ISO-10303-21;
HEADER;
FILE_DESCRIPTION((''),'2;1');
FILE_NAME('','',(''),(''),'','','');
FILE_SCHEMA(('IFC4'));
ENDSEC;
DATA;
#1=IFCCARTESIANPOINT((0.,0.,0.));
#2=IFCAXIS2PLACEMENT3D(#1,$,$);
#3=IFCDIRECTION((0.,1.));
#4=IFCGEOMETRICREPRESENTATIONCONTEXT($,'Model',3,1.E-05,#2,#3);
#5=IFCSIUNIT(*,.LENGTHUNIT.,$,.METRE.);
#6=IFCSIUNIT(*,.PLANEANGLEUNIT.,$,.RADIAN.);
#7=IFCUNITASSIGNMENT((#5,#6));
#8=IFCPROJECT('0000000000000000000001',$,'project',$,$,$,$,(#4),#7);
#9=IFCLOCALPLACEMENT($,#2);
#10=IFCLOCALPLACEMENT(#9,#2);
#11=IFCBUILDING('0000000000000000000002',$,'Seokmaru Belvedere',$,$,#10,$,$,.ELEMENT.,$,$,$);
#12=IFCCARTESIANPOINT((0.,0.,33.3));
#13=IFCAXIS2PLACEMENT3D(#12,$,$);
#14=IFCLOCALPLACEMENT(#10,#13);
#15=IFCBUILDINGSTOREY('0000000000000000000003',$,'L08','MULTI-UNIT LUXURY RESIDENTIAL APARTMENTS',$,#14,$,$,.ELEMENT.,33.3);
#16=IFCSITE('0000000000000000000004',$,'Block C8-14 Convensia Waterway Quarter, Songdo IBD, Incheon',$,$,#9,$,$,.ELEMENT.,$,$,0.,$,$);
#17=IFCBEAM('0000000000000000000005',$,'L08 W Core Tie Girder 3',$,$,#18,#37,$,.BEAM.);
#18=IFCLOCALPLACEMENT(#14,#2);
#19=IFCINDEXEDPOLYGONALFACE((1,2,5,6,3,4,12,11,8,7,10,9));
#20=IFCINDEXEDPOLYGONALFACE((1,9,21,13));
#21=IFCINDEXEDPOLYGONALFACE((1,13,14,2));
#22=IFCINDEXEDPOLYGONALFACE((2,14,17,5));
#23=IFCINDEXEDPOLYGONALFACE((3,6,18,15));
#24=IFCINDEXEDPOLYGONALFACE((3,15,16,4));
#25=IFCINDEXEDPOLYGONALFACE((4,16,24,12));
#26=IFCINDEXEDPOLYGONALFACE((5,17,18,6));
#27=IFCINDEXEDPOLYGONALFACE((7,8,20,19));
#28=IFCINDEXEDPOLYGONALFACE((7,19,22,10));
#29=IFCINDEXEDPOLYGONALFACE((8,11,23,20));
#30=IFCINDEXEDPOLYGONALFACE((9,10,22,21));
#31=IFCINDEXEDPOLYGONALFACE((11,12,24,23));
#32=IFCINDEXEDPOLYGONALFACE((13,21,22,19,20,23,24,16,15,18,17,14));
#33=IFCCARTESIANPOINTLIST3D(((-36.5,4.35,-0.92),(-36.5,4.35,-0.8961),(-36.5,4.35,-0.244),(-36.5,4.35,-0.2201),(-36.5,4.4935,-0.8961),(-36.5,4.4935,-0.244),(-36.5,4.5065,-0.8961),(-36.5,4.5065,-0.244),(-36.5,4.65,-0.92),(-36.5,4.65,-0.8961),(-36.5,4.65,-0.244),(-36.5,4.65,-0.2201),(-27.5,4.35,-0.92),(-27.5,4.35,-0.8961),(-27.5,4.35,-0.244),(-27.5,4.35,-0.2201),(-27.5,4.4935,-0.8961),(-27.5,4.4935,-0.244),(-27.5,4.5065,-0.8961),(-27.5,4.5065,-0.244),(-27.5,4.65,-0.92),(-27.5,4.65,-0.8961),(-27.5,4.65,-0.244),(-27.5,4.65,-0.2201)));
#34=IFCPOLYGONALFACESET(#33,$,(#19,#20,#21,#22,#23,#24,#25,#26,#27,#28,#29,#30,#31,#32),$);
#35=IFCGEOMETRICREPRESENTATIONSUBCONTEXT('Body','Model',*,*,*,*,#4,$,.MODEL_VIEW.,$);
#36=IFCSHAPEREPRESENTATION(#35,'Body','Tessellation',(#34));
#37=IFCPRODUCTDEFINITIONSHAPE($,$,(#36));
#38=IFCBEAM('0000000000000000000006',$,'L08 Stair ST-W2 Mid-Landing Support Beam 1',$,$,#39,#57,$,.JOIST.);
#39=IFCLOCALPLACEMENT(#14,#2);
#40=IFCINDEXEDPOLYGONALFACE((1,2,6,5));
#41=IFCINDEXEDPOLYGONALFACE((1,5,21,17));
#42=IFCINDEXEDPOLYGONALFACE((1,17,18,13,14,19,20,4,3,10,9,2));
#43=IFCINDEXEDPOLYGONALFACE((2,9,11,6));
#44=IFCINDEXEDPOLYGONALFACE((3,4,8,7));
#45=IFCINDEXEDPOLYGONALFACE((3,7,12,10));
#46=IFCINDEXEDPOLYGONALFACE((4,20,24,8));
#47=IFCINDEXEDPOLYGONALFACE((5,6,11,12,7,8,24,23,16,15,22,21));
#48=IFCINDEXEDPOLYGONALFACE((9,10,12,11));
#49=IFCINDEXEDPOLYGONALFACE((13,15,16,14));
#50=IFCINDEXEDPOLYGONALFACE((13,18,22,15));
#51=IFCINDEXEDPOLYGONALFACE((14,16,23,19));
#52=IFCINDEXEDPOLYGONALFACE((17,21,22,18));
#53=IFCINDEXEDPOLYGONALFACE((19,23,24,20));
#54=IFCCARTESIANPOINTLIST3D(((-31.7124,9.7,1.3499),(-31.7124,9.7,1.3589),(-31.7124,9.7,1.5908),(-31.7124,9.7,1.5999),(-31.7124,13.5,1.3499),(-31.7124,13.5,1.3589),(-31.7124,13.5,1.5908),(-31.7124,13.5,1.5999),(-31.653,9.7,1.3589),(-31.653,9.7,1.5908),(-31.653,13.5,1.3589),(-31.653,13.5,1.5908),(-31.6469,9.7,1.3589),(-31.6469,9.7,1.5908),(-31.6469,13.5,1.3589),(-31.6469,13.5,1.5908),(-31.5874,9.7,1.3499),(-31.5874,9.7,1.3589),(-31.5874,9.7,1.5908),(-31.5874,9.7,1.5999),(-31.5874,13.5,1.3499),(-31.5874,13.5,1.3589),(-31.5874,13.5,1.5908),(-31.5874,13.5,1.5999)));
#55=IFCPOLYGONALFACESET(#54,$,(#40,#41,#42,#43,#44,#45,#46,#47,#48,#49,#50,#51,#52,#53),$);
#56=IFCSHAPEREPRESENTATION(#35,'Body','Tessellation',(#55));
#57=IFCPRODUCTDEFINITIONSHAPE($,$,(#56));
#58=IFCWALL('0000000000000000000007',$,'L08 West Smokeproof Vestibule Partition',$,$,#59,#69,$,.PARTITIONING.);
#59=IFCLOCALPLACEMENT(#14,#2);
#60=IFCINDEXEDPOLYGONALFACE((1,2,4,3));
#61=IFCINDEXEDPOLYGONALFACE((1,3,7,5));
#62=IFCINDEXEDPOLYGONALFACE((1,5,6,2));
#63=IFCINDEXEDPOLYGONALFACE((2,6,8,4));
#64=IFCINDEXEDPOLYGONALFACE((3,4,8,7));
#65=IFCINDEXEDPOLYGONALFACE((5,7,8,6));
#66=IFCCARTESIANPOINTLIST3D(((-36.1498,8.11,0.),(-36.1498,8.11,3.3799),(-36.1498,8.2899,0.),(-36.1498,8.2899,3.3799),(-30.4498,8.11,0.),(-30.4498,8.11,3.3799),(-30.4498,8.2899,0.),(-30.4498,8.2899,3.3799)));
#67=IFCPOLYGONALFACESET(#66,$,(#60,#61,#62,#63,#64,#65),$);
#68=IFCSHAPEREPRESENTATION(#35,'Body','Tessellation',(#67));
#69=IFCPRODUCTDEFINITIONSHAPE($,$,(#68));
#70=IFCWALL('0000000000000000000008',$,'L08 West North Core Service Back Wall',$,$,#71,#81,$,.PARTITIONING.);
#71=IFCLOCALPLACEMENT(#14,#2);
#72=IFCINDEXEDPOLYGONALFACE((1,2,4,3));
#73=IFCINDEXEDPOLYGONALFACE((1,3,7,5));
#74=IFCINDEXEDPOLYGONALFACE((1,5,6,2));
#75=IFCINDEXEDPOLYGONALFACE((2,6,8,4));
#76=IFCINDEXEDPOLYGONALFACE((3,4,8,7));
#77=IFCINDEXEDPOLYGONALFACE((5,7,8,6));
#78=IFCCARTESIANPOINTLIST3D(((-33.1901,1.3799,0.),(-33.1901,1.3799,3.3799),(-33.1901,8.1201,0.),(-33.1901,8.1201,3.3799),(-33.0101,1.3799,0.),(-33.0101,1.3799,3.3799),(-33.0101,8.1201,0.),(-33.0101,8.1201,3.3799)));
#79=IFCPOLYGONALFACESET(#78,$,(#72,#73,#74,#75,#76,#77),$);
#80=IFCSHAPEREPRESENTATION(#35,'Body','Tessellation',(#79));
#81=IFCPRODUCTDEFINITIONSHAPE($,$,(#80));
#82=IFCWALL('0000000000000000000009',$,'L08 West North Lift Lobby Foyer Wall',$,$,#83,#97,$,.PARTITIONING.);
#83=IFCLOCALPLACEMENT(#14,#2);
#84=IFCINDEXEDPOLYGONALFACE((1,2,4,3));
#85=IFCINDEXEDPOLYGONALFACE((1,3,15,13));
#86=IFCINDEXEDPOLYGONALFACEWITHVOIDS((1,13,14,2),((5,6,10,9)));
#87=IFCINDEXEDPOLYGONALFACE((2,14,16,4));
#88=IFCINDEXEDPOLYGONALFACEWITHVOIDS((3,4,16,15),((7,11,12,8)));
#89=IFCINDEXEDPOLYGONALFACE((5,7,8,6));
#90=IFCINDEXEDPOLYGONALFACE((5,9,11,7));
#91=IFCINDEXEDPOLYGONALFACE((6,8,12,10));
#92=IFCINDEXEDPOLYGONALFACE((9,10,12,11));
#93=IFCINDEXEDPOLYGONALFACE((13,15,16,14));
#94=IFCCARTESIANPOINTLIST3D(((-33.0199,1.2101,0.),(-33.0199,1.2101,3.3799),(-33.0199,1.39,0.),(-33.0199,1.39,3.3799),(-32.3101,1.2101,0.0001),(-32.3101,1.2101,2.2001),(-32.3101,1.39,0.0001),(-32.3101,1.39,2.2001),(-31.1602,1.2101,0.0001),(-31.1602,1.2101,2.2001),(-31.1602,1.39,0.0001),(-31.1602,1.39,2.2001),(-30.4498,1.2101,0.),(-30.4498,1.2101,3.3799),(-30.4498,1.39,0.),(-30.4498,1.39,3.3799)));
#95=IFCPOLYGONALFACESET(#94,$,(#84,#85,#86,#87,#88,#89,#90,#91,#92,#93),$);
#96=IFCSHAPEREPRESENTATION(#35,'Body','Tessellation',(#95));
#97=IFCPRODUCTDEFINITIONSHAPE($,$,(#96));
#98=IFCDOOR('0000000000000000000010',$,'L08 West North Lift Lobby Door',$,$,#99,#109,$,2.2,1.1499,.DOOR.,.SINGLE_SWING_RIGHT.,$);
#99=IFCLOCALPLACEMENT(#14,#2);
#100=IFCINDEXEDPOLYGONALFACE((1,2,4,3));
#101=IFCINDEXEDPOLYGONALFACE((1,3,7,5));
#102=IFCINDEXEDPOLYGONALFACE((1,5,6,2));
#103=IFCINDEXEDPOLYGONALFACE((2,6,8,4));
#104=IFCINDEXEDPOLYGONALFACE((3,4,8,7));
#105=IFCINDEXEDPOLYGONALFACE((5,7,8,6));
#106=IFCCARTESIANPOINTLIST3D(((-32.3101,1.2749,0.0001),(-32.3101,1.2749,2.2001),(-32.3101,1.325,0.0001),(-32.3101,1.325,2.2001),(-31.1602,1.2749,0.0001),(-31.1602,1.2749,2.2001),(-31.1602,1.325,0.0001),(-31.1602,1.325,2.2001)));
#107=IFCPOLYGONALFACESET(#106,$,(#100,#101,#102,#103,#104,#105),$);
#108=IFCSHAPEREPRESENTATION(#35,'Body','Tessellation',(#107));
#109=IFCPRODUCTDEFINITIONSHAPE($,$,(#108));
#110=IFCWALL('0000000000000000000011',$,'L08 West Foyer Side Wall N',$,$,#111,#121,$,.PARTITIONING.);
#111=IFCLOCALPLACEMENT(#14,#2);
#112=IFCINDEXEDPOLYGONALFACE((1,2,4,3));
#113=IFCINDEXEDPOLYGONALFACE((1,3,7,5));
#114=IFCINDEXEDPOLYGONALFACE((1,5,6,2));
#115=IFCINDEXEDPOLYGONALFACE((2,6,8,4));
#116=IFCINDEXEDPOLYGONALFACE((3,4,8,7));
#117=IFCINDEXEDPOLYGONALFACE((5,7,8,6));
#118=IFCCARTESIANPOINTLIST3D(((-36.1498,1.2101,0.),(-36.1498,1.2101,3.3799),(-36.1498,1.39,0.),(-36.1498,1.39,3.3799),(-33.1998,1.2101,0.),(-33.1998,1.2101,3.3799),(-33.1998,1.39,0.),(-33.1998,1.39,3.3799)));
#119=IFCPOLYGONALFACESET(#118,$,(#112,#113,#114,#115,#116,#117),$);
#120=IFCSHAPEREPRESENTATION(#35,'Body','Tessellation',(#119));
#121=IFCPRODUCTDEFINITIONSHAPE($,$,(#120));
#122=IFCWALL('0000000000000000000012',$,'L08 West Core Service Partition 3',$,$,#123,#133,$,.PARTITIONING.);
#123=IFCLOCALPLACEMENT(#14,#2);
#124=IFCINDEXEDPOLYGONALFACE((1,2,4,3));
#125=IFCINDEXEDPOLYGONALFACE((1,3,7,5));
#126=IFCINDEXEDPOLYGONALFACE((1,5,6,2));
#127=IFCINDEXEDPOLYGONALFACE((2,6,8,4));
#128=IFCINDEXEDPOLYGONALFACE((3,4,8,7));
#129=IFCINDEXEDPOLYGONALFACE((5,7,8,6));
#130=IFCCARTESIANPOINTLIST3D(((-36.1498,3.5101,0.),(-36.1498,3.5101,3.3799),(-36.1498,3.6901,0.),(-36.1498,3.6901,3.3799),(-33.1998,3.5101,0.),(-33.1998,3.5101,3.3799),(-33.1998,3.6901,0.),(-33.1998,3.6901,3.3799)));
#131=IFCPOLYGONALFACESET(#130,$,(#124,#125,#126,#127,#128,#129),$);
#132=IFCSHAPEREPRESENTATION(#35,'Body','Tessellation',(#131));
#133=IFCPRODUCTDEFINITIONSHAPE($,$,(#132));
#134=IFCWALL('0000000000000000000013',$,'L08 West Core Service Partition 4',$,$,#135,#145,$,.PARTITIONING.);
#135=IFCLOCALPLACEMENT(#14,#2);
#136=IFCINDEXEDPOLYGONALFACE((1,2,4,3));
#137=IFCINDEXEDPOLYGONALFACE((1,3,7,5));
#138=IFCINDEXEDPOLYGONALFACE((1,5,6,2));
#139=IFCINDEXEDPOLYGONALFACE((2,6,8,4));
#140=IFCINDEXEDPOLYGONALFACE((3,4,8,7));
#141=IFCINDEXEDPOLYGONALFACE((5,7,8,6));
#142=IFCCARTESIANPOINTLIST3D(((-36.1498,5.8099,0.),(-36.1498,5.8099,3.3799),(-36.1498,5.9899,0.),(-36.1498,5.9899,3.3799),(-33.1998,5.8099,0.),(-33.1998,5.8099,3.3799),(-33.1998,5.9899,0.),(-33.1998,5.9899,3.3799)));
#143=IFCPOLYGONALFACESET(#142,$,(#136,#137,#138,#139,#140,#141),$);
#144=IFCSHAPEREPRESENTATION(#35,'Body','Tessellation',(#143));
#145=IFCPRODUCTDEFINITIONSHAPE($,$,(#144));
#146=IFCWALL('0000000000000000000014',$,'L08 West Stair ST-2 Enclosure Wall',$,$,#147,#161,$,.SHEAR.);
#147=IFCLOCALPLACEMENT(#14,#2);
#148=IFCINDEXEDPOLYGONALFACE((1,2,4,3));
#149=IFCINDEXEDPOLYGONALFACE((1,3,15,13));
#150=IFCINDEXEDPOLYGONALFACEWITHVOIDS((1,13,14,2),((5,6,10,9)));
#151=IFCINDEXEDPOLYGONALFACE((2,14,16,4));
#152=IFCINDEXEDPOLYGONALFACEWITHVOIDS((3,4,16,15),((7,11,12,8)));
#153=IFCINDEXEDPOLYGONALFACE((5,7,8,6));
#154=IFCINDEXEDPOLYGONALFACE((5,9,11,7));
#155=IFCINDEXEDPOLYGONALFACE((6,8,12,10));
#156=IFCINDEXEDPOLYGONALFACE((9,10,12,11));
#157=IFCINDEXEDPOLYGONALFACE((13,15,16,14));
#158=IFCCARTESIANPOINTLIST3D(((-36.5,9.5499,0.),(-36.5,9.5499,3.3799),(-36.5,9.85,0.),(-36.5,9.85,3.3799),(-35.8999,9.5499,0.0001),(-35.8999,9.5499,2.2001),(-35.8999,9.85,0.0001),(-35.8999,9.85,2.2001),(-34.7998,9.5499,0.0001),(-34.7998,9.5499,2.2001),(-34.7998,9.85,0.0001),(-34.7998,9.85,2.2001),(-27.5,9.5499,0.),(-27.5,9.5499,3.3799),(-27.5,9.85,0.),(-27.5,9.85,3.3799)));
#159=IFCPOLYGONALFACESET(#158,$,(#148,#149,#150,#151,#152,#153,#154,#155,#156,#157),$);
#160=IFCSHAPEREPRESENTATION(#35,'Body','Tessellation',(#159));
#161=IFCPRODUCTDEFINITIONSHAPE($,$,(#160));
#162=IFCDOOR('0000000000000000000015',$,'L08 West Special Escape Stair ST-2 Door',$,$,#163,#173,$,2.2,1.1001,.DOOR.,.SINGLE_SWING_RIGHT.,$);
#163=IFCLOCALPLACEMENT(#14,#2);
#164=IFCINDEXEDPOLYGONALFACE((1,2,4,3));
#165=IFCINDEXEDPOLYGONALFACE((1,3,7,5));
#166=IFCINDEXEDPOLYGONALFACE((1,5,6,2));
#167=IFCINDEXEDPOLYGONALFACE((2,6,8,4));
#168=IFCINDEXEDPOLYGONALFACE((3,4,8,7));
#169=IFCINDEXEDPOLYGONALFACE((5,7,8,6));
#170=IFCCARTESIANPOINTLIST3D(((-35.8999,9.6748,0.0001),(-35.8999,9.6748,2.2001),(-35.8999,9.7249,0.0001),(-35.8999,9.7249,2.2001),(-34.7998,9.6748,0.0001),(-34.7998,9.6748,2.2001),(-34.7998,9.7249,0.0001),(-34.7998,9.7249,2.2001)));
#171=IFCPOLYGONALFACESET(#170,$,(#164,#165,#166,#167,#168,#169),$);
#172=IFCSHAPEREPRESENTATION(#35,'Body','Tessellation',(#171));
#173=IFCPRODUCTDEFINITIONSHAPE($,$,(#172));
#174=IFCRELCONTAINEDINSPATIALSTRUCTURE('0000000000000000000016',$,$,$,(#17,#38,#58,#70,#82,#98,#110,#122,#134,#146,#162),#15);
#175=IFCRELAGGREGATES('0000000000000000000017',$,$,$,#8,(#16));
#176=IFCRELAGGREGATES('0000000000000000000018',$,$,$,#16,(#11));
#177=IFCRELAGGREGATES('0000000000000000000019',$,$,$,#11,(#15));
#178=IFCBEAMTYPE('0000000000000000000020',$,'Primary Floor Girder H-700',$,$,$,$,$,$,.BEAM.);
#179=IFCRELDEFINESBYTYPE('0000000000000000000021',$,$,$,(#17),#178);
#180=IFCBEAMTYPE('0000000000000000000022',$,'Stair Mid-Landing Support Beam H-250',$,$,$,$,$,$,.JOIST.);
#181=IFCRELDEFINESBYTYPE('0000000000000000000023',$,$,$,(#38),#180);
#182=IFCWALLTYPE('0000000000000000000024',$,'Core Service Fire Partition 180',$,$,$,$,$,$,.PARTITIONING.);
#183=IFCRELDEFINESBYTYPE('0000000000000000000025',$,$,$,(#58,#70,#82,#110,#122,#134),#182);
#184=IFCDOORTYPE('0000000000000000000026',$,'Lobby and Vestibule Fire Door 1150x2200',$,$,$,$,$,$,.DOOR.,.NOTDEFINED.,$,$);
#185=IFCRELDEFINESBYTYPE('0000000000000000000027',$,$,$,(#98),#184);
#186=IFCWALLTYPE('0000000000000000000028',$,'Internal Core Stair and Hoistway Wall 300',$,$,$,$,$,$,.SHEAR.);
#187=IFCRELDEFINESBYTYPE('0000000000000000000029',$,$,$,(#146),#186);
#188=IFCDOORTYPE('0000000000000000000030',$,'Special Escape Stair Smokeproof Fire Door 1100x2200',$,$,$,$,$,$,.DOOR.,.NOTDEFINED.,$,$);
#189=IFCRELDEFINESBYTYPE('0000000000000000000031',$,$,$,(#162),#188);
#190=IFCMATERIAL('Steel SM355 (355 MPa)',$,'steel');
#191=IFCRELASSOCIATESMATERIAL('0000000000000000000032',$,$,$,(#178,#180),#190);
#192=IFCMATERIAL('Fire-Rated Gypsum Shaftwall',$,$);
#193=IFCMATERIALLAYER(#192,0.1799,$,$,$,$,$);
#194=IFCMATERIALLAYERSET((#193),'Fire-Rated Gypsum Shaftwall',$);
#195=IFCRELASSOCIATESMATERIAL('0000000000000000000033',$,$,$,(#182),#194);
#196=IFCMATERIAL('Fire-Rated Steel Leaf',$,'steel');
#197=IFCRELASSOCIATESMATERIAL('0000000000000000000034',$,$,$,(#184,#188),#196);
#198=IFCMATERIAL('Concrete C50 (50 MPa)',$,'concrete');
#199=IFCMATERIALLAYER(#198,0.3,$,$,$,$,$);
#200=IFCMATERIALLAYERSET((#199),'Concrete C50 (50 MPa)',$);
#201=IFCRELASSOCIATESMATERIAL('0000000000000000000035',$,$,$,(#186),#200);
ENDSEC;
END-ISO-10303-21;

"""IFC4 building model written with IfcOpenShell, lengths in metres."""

from ifc_helpers import new_model, si_unit, direction, frame, frame_2d, origin, origin_2d, place, context, subcontext, project, spatial, rectangle, i_section, extrude, source, transform, mapped, material, layer, layer_set, material_profile, profile_set, type_object, type_shapes, element, fill, save


model = new_model("IFC4")

# Units and contexts
model_context = context("Model", 3, precision=1e-05, world=origin(), true_north=direction((0.0, 1.0)))
body_context = subcontext(model_context, "Body", "Model", "MODEL_VIEW")
ifc_project = project(units=[si_unit("LENGTHUNIT", "METRE"), si_unit("PLANEANGLEUNIT", "RADIAN")], contexts=[model_context])

# Site, building, storey
site_placement = place(None, origin())
site = spatial("IfcSite", under=ifc_project, at=site_placement, Name="Block C8-14 Convensia Waterway Quarter, Songdo IBD, Incheon", CompositionType="ELEMENT", RefElevation=0.0)
building_placement = place(site_placement, origin())
building = spatial("IfcBuilding", under=site, at=building_placement, Name="Seokmaru Belvedere", CompositionType="ELEMENT")
storey_placement = place(building_placement, frame((0.0, 0.0, 33.3)))
storey = spatial("IfcBuildingStorey", under=building, at=storey_placement, Name="L08", Description="MULTI-UNIT LUXURY RESIDENTIAL APARTMENTS", CompositionType="ELEMENT", Elevation=33.3)

# Beams
ifc_material_1 = material(Name="Steel SM355 (355 MPa)", Category="steel")
ifc_material_profile_1 = material_profile(ifc_material_1, i_section(OverallWidth=0.3, OverallDepth=0.7, WebThickness=0.0129, FlangeThickness=0.0239, at=origin_2d()), Name="H-700x300x13x24")
ifc_profile_set_1 = profile_set([ifc_material_profile_1], Name="Steel SM355 (355 MPa)")
beam_type_1 = type_object("IfcBeamType", Name="Primary Floor Girder H-700", PredefinedType="BEAM", material=ifc_profile_set_1)
shared_shape_1 = source(origin(), body_context, "Body", "SweptSolid", [
    extrude(i_section(OverallWidth=0.3, OverallDepth=0.7, WebThickness=0.0129, FlangeThickness=0.0239, at=origin_2d()), origin(), (0.0, 0.0, 1.0), 9.0),
])
type_shapes(beam_type_1, [shared_shape_1])
beam_1_placement = place(storey_placement, frame((-36.5, 4.5, -0.5701), z_axis=(1.0, 0.0, 0.0), x_axis=(0.0, 1.0, 0.0)))
element("IfcBeam", 1, at=beam_1_placement, inside=storey, type_object=beam_type_1, Name="L08 W Core Tie Girder 3", PredefinedType="BEAM", context=body_context, shape_type="MappedRepresentation", body=[
    mapped(shared_shape_1, transform((0.0, 0.0, 0.0), scale=1.0)),
])
ifc_material_profile_2 = material_profile(ifc_material_1, i_section(OverallWidth=0.125, OverallDepth=0.25, WebThickness=0.0061, FlangeThickness=0.009, at=origin_2d()), Name="H-250x125x6x9")
ifc_profile_set_2 = profile_set([ifc_material_profile_2], Name="Steel SM355 (355 MPa)")
beam_type_2 = type_object("IfcBeamType", Name="Stair Mid-Landing Support Beam H-250", PredefinedType="JOIST", material=ifc_profile_set_2)
shared_shape_2 = source(origin(), body_context, "Body", "SweptSolid", [
    extrude(i_section(OverallWidth=0.125, OverallDepth=0.25, WebThickness=0.0061, FlangeThickness=0.009, at=origin_2d()), origin(), (0.0, 0.0, 1.0), 3.8),
])
type_shapes(beam_type_2, [shared_shape_2])
beam_2_placement = place(storey_placement, frame((-31.6499, 9.7, 1.4749), z_axis=(0.0, 1.0, 0.0), x_axis=(-1.0, 0.0, 0.0)))
element("IfcBeam", 2, at=beam_2_placement, inside=storey, type_object=beam_type_2, Name="L08 Stair ST-W2 Mid-Landing Support Beam 1", PredefinedType="JOIST", context=body_context, shape_type="MappedRepresentation", body=[
    mapped(shared_shape_2, transform((0.0, 0.0, 0.0), scale=1.0)),
])

# Walls
ifc_material_2 = material(Name="Fire-Rated Gypsum Shaftwall")
ifc_layer_1 = layer(ifc_material_2, 0.1799)
ifc_layer_set_1 = layer_set([ifc_layer_1], Name="Fire-Rated Gypsum Shaftwall")
wall_type_1 = type_object("IfcWallType", Name="Core Service Fire Partition 180", PredefinedType="PARTITIONING", material=ifc_layer_set_1)
wall_1_placement = place(storey_placement, frame((-36.1499, 8.2, 0.0), z_axis=(0.0, 0.0, 1.0), x_axis=(1.0, 0.0, 0.0)))
element("IfcWall", 3, at=wall_1_placement, inside=storey, type_object=wall_type_1, Name="L08 West Smokeproof Vestibule Partition", PredefinedType="PARTITIONING", context=body_context, shape_type="SweptSolid", body=[
    extrude(rectangle(XDim=5.7, YDim=0.1799, at=frame_2d((2.8501, 0.0))), origin(), (0.0, 0.0, 1.0), 3.3799),
])
wall_2_placement = place(storey_placement, frame((-33.1001, 1.3799, 0.0), z_axis=(0.0, 0.0, 1.0), x_axis=(0.0, 1.0, 0.0)))
element("IfcWall", 4, at=wall_2_placement, inside=storey, type_object=wall_type_1, Name="L08 West North Core Service Back Wall", PredefinedType="PARTITIONING", context=body_context, shape_type="SweptSolid", body=[
    extrude(rectangle(XDim=6.7402, YDim=0.1799, at=frame_2d((3.3701, 0.0))), origin(), (0.0, 0.0, 1.0), 3.3799),
])

# Wall, opening, door
wall_3_placement = place(storey_placement, frame((-33.02, 1.3, 0.0), z_axis=(0.0, 0.0, 1.0), x_axis=(1.0, 0.0, 0.0)))
wall_3 = element("IfcWall", 5, at=wall_3_placement, inside=storey, type_object=wall_type_1, Name="L08 West North Lift Lobby Foyer Wall", PredefinedType="PARTITIONING", context=body_context, shape_type="SweptSolid", body=[
    extrude(rectangle(XDim=2.5701, YDim=0.1799, at=frame_2d((1.2852, 0.0))), origin(), (0.0, 0.0, 1.0), 3.3799),
])
opening_1_placement = place(wall_3_placement, frame((0.71, 0.0, 0.0)))
opening_1 = element("IfcOpeningElement", 6, at=opening_1_placement, cuts=wall_3, PredefinedType="OPENING", context=body_context, shape_type="SweptSolid", body=[
    extrude(rectangle(XDim=1.1499, YDim=2.2, at=frame_2d((0.575, 1.1001))), frame((0.0, 0.1001, 0.0), z_axis=(0.0, -1.0, 0.0), x_axis=(1.0, 0.0, 0.0)), (0.0, 0.0, 1.0), 0.2),
])
ifc_material_3 = material(Name="Fire-Rated Steel Leaf", Category="steel")
door_type_1 = type_object("IfcDoorType", Name="Lobby and Vestibule Fire Door 1150x2200", OperationType="NOTDEFINED", PredefinedType="DOOR", material=ifc_material_3)
shared_shape_3 = source(origin(), body_context, "Body", "SweptSolid", [
    extrude(rectangle(XDim=1.1499, YDim=2.2, at=frame_2d((0.575, 1.1001))), frame((0.0, 0.0249, 0.0), z_axis=(0.0, -1.0, 0.0), x_axis=(1.0, 0.0, 0.0)), (0.0, 0.0, 1.0), 0.05),
])
type_shapes(door_type_1, [shared_shape_3])
door_1_placement = place(opening_1_placement, origin())
door_1 = element("IfcDoor", 7, at=door_1_placement, inside=storey, type_object=door_type_1, Name="L08 West North Lift Lobby Door", OperationType="SINGLE_SWING_RIGHT", OverallHeight=2.2, OverallWidth=1.1499, PredefinedType="DOOR", context=body_context, shape_type="MappedRepresentation", body=[
    mapped(shared_shape_3, transform((0.0, 0.0, 0.0), scale=1.0)),
])
fill(opening_1, door_1)

# Walls
for number, where, z_axis, x_axis, name in (
    (8, (-36.1499, 1.3, 0.0), (0.0, 0.0, 1.0), (1.0, 0.0, 0.0), "L08 West Foyer Side Wall N"),
    (9, (-36.1499, 3.6001, 0.0), (0.0, 0.0, 1.0), (1.0, 0.0, 0.0), "L08 West Core Service Partition 3"),
    (10, (-36.1499, 5.8999, 0.0), (0.0, 0.0, 1.0), (1.0, 0.0, 0.0), "L08 West Core Service Partition 4"),
):
    element("IfcWall", number, at=place(storey_placement, frame(where, z_axis=z_axis, x_axis=x_axis)), inside=storey, type_object=wall_type_1, Name=name, PredefinedType="PARTITIONING", context=body_context, shape_type="SweptSolid", body=[
        extrude(rectangle(XDim=2.95, YDim=0.1799, at=frame_2d((1.4751, 0.0))), origin(), (0.0, 0.0, 1.0), 3.3799),
    ])

# Wall, opening, door
ifc_material_4 = material(Name="Concrete C50 (50 MPa)", Category="concrete")
ifc_layer_2 = layer(ifc_material_4, 0.3)
ifc_layer_set_2 = layer_set([ifc_layer_2], Name="Concrete C50 (50 MPa)")
wall_type_2 = type_object("IfcWallType", Name="Internal Core Stair and Hoistway Wall 300", PredefinedType="SHEAR", material=ifc_layer_set_2)
wall_4_placement = place(storey_placement, frame((-36.5, 9.7, 0.0), z_axis=(0.0, 0.0, 1.0), x_axis=(1.0, 0.0, 0.0)))
wall_4 = element("IfcWall", 11, at=wall_4_placement, inside=storey, type_object=wall_type_2, Name="L08 West Stair ST-2 Enclosure Wall", PredefinedType="SHEAR", context=body_context, shape_type="SweptSolid", body=[
    extrude(rectangle(XDim=9.0, YDim=0.3, at=frame_2d((4.5, 0.0))), origin(), (0.0, 0.0, 1.0), 3.3799),
])
opening_2_placement = place(wall_4_placement, frame((0.6001, 0.0, 0.0)))
opening_2 = element("IfcOpeningElement", 12, at=opening_2_placement, cuts=wall_4, PredefinedType="OPENING", context=body_context, shape_type="SweptSolid", body=[
    extrude(rectangle(XDim=1.1001, YDim=2.2, at=frame_2d((0.55, 1.1001))), frame((0.0, 0.1602, 0.0), z_axis=(0.0, -1.0, 0.0), x_axis=(1.0, 0.0, 0.0)), (0.0, 0.0, 1.0), 0.3201),
])
door_type_2 = type_object("IfcDoorType", Name="Special Escape Stair Smokeproof Fire Door 1100x2200", OperationType="NOTDEFINED", PredefinedType="DOOR", material=ifc_material_3)
shared_shape_4 = source(origin(), body_context, "Body", "SweptSolid", [
    extrude(rectangle(XDim=1.1001, YDim=2.2, at=frame_2d((0.55, 1.1001))), frame((0.0, 0.0249, 0.0), z_axis=(0.0, -1.0, 0.0), x_axis=(1.0, 0.0, 0.0)), (0.0, 0.0, 1.0), 0.05),
])
type_shapes(door_type_2, [shared_shape_4])
door_2_placement = place(opening_2_placement, origin())
door_2 = element("IfcDoor", 13, at=door_2_placement, inside=storey, type_object=door_type_2, Name="L08 West Special Escape Stair ST-2 Door", OperationType="SINGLE_SWING_RIGHT", OverallHeight=2.2, OverallWidth=1.1001, PredefinedType="DOOR", context=body_context, shape_type="MappedRepresentation", body=[
    mapped(shared_shape_4, transform((0.0, 0.0, 0.0), scale=1.0)),
])
fill(opening_2, door_2)

save(model, "model.ifc")
